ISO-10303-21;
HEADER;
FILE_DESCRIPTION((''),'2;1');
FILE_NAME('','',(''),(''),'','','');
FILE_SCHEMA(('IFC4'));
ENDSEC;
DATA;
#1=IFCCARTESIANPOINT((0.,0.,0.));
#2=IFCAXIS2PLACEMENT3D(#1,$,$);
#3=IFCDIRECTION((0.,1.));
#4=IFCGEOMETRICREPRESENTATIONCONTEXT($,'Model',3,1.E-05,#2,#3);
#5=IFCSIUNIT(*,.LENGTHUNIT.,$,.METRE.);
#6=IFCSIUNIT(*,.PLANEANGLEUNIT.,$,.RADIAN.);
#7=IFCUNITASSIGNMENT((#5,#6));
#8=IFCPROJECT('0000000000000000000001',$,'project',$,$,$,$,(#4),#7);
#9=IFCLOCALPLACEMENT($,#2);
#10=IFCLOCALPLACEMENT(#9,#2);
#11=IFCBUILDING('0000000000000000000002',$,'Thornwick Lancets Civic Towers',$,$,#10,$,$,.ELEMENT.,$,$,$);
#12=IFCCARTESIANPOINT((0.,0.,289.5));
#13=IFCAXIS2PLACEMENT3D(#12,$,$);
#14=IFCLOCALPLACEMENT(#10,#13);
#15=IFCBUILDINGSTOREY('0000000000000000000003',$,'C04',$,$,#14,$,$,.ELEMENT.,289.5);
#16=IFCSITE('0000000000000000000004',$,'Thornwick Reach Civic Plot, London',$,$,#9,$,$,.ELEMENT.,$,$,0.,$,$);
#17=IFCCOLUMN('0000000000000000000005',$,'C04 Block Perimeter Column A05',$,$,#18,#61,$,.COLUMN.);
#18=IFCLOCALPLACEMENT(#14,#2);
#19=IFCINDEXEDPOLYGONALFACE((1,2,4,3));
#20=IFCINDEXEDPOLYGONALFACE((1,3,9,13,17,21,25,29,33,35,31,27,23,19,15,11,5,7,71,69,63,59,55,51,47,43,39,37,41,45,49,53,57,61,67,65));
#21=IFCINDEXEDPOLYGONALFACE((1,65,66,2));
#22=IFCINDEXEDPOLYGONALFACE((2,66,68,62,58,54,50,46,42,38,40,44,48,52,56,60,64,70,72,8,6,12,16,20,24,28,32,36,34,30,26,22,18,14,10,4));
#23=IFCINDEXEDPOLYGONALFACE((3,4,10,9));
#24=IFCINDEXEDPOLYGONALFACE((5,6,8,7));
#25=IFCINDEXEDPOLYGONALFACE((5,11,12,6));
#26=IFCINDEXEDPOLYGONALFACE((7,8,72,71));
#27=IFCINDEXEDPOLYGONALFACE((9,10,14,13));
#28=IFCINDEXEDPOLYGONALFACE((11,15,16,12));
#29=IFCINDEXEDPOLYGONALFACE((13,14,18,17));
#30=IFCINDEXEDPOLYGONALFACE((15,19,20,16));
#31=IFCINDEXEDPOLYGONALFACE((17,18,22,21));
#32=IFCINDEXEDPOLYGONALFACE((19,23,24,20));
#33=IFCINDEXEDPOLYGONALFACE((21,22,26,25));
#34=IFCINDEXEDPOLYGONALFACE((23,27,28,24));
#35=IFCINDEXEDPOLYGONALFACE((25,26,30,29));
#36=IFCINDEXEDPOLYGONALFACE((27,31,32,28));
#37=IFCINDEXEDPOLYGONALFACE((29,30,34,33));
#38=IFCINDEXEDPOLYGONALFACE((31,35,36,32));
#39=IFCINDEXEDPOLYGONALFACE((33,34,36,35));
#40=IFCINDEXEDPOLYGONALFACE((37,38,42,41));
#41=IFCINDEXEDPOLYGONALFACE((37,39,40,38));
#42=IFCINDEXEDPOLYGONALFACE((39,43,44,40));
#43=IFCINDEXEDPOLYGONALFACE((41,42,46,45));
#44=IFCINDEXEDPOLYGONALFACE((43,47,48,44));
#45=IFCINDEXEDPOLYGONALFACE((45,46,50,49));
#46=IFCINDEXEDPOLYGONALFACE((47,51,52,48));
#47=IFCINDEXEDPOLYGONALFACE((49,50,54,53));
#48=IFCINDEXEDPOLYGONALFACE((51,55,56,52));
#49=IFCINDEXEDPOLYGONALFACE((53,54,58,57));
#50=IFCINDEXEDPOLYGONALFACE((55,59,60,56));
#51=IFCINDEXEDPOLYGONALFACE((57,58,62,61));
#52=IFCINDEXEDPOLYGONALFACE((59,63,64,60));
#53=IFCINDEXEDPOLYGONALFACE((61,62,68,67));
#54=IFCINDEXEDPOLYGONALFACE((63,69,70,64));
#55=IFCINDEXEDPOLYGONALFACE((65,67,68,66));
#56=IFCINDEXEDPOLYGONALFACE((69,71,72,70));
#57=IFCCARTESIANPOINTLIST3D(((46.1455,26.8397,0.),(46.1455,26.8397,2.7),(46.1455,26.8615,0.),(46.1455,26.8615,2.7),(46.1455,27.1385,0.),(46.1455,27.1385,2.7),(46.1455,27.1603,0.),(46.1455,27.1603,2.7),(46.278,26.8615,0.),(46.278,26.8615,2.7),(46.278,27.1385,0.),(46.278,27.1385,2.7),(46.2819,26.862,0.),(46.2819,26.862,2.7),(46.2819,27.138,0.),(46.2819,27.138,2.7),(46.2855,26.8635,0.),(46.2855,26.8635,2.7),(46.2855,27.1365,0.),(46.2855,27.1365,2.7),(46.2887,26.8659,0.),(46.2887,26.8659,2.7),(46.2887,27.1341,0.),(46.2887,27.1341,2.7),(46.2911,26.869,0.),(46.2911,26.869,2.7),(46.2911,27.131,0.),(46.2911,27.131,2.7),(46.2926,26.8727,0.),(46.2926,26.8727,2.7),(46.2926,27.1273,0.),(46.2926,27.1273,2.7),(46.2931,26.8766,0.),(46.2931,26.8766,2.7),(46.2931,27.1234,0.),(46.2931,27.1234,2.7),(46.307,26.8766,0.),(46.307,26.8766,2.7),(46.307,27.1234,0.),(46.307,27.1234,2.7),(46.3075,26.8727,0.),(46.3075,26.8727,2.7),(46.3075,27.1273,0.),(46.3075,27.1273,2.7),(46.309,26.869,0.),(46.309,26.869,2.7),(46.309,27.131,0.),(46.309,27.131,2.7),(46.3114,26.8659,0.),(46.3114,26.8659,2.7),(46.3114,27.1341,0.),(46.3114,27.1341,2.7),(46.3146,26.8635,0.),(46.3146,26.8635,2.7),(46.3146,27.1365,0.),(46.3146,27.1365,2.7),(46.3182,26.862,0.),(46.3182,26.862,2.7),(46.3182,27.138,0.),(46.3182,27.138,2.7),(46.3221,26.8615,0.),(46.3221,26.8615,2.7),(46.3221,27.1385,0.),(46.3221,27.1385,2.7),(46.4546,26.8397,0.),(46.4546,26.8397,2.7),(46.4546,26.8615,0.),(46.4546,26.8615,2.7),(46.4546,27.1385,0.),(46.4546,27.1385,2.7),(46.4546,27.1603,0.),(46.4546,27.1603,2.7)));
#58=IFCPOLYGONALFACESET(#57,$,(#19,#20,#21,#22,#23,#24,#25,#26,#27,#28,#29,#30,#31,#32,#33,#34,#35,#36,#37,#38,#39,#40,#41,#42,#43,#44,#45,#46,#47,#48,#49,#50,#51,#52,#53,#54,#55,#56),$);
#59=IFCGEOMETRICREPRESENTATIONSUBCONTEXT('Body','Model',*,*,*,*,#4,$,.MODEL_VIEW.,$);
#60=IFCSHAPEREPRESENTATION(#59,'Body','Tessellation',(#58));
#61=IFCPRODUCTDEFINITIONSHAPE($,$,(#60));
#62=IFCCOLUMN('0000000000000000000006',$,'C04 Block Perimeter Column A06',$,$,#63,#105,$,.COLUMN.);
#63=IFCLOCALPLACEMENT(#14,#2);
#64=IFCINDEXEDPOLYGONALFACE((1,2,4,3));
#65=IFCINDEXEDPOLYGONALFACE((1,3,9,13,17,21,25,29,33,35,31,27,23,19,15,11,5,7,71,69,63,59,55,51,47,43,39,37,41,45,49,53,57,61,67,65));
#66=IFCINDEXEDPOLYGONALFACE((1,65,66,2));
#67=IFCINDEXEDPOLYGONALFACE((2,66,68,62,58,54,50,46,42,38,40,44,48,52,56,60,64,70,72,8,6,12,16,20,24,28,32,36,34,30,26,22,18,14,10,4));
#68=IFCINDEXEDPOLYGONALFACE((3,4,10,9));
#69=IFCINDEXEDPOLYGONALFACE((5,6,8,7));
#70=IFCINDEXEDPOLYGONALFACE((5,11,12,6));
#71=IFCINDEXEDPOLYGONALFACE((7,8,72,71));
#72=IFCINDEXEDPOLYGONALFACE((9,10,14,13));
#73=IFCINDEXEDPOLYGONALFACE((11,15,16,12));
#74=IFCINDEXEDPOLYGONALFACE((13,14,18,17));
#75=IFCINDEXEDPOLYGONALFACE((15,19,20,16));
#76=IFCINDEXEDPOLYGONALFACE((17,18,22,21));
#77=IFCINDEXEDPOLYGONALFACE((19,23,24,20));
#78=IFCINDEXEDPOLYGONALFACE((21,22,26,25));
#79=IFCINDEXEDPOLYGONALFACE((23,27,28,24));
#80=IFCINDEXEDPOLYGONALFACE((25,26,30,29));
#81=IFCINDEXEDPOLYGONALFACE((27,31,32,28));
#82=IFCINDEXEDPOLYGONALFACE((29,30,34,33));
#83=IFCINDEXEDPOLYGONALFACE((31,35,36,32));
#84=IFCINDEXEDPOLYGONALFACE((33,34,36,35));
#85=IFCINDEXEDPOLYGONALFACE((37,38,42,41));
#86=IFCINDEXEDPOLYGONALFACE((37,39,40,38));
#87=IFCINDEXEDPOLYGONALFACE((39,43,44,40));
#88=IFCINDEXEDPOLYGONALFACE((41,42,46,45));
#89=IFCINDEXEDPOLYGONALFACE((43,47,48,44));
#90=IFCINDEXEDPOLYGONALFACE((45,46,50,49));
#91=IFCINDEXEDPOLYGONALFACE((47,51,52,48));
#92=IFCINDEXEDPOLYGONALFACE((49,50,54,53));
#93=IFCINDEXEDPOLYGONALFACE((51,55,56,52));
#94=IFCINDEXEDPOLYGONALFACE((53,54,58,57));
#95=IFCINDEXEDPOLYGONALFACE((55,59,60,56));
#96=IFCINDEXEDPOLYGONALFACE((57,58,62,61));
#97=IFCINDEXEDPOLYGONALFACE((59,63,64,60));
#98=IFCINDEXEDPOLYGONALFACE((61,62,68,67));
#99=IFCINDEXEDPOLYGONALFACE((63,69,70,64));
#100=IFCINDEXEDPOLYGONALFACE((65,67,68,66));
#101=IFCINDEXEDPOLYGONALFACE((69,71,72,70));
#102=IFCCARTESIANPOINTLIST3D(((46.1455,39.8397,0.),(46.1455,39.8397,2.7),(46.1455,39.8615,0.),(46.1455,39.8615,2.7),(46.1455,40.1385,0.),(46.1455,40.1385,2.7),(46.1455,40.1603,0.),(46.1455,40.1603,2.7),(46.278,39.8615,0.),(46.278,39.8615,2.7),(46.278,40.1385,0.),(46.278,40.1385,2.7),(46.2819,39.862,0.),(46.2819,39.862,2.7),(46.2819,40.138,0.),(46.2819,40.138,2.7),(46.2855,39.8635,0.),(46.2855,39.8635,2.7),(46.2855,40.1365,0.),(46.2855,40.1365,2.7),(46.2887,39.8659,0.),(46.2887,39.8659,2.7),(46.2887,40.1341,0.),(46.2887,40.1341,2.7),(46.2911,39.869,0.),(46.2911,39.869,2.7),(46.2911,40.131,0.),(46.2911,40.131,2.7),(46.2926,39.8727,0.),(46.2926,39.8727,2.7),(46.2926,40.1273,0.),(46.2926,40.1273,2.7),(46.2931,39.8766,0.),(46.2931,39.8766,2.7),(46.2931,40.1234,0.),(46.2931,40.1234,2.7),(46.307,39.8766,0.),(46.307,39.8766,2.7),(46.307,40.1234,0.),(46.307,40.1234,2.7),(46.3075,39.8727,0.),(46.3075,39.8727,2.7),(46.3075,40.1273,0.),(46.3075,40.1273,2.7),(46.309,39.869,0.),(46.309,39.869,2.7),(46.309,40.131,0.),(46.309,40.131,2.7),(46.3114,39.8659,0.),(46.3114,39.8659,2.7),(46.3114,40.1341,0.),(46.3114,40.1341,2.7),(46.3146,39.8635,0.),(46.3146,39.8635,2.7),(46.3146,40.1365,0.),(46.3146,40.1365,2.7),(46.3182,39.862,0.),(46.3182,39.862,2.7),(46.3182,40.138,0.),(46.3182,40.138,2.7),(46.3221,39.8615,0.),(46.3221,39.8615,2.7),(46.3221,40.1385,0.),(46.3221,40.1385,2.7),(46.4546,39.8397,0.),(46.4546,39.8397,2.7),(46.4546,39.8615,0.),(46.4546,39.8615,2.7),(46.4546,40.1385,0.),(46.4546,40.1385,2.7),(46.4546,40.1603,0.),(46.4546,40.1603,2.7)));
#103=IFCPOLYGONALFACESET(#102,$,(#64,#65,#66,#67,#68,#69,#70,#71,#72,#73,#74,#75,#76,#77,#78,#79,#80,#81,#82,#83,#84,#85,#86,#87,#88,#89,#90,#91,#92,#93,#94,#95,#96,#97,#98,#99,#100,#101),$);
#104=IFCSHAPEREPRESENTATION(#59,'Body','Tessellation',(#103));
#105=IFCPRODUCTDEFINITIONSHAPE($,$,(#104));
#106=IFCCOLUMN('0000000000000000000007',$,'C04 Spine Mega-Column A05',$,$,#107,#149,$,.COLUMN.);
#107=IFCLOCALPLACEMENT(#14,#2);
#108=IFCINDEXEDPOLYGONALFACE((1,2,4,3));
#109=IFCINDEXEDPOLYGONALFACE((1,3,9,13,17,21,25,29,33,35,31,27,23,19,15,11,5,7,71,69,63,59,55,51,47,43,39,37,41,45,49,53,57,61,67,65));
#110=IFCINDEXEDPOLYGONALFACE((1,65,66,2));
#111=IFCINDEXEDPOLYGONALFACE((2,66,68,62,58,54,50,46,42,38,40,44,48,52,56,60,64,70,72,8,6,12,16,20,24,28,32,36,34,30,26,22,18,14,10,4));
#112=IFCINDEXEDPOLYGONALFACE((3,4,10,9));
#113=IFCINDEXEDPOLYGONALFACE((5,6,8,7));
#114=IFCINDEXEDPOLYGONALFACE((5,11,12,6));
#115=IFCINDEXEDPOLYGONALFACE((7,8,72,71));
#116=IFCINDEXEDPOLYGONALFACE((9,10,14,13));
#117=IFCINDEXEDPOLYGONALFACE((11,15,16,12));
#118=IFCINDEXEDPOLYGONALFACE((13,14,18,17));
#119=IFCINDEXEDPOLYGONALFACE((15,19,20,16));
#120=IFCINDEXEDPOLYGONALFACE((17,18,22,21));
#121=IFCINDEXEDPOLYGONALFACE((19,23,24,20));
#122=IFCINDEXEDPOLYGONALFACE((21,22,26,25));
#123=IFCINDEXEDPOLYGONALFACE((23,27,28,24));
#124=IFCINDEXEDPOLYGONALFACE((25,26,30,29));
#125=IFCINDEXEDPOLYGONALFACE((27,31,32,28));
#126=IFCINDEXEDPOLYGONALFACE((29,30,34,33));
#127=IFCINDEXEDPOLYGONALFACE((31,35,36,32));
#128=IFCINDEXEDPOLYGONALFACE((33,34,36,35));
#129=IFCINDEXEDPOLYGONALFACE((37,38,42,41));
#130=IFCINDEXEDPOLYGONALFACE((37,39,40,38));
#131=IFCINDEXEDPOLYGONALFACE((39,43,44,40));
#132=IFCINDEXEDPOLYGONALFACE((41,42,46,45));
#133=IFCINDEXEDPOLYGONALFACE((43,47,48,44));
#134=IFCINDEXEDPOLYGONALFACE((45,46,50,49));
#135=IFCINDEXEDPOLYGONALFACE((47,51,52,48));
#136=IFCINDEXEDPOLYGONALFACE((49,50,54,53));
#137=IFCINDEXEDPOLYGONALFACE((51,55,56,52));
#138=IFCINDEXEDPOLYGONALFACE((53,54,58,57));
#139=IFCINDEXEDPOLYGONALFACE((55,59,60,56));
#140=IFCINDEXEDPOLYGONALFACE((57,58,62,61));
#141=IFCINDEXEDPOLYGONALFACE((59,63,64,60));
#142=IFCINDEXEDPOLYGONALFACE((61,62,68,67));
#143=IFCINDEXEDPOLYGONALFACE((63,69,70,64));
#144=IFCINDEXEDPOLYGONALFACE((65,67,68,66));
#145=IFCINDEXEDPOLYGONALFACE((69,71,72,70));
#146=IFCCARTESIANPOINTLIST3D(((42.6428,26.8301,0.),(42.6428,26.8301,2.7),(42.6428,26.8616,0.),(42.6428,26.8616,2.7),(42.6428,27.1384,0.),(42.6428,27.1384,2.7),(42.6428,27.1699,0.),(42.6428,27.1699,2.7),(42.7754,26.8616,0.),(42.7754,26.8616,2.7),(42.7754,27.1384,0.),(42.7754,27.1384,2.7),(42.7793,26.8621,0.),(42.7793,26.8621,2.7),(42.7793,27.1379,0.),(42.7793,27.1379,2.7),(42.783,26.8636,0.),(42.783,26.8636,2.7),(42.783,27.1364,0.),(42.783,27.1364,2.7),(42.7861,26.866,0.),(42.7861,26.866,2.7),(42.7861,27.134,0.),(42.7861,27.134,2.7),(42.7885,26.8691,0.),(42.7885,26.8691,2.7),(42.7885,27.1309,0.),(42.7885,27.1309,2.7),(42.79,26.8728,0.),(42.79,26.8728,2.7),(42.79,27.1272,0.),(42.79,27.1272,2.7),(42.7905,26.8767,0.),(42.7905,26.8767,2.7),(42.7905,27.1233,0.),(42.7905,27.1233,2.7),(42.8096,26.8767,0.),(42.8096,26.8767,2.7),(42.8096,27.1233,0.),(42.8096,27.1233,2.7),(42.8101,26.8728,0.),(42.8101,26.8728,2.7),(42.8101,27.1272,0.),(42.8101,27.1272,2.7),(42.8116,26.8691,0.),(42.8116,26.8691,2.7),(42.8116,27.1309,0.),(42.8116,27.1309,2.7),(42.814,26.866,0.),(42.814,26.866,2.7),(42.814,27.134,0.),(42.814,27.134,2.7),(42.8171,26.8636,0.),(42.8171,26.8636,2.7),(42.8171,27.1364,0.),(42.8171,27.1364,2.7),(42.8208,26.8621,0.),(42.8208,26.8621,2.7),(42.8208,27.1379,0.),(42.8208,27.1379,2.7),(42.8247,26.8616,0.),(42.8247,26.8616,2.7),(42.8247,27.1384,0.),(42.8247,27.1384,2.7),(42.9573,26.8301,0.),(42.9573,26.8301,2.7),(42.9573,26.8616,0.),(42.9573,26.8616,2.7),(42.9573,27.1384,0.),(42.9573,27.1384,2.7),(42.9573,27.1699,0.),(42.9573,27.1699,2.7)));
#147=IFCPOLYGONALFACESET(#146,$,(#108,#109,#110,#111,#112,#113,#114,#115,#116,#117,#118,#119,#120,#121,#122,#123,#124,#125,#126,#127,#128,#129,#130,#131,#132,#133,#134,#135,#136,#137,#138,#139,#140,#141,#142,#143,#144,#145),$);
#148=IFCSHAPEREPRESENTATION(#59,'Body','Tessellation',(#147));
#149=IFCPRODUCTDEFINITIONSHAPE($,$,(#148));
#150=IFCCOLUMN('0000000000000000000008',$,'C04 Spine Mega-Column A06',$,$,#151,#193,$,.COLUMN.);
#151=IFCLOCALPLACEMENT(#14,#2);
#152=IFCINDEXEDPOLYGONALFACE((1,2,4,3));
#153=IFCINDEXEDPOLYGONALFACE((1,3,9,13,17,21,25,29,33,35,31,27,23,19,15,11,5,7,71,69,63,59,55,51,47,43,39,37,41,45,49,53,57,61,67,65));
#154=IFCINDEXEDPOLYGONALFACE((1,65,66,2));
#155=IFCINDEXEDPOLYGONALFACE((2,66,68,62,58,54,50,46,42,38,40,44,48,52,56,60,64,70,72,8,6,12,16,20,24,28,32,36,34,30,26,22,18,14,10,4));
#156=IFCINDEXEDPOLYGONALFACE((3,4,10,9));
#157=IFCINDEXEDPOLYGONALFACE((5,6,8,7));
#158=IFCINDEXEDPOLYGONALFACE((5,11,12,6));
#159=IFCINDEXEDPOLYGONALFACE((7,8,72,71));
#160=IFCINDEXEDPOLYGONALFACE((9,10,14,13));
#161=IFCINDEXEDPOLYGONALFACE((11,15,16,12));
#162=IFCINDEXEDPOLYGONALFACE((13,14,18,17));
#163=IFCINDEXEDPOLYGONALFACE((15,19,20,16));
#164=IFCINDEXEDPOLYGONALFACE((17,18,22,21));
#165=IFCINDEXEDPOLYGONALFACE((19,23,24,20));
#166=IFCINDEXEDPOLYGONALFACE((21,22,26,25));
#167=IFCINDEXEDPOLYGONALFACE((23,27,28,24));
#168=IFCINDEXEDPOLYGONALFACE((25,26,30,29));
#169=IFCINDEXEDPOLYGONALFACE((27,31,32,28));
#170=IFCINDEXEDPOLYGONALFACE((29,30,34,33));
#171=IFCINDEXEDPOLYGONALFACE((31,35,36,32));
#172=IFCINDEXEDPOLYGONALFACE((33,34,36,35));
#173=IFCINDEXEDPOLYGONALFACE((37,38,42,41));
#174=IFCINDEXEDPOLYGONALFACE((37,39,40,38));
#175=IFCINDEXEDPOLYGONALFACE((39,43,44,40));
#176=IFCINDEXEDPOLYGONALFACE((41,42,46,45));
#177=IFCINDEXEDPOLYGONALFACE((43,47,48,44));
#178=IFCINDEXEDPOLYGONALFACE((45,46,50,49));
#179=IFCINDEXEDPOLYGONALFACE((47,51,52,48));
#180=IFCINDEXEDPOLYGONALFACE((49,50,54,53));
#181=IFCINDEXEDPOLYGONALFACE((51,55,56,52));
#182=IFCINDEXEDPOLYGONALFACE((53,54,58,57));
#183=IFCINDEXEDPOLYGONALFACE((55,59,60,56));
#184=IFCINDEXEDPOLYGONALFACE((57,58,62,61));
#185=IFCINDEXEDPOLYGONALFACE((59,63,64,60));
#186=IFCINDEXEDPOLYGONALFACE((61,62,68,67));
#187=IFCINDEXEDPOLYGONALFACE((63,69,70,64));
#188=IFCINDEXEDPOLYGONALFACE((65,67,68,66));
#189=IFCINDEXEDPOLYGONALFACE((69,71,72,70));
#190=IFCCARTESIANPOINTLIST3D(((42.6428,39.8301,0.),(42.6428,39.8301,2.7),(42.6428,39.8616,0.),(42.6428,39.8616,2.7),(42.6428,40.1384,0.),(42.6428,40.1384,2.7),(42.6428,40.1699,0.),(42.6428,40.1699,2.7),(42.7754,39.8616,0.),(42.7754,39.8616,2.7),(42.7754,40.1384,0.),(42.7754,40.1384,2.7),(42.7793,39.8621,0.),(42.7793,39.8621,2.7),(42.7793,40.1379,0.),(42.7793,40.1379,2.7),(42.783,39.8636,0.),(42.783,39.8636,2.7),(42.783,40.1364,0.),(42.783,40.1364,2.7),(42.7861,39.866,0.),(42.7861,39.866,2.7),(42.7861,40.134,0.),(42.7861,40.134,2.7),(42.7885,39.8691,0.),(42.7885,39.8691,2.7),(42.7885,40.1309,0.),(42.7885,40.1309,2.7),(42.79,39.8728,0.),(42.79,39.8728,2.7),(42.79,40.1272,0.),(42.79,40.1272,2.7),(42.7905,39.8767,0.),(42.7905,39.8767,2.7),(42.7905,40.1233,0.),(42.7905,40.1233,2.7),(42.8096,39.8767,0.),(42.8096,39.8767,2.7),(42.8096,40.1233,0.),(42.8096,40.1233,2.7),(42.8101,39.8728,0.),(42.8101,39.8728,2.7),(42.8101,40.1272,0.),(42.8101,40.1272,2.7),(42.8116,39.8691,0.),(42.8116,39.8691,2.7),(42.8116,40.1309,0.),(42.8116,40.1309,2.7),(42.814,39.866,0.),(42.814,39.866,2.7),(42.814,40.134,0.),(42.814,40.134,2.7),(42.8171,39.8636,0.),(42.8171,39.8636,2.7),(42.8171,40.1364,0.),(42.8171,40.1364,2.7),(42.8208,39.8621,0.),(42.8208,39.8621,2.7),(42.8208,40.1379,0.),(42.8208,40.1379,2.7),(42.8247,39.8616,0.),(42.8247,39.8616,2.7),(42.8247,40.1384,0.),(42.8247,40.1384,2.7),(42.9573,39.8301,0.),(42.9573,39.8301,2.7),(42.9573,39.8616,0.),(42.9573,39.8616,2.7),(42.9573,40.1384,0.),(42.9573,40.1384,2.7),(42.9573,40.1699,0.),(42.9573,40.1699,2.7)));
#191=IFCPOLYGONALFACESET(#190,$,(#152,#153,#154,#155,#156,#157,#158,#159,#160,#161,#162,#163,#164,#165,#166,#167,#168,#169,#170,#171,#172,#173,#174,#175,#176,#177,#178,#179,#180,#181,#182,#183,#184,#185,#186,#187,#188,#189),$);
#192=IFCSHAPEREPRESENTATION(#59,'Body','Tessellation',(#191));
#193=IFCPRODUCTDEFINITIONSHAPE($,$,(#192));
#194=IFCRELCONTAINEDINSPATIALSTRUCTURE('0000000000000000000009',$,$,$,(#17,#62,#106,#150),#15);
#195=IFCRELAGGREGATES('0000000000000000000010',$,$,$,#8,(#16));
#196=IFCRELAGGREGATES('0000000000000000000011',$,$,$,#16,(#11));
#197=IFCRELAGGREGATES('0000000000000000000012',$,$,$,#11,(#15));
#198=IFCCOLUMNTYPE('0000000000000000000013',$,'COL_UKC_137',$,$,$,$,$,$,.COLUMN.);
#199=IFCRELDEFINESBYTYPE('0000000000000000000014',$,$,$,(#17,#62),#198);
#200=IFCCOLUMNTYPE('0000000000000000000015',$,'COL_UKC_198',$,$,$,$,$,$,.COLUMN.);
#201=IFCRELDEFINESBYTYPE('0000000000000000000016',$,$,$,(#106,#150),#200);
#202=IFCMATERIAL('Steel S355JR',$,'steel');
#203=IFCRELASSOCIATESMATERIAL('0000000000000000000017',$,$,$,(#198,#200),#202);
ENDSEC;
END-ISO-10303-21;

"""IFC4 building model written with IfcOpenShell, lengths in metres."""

from ifc_helpers import new_model, si_unit, direction, frame, origin, origin_2d, place, context, subcontext, project, spatial, i_section, extrude, material, material_profile, profile_set, type_object, element, save


model = new_model("IFC4")

# Units and contexts
model_context = context("Model", 3, precision=1e-05, world=origin(), true_north=direction((0.0, 1.0)))
body_context = subcontext(model_context, "Body", "Model", "MODEL_VIEW")
ifc_project = project(units=[si_unit("LENGTHUNIT", "METRE"), si_unit("PLANEANGLEUNIT", "RADIAN")], contexts=[model_context])

# Site, building, storey
site_placement = place(None, origin())
site = spatial("IfcSite", under=ifc_project, at=site_placement, Name="Thornwick Reach Civic Plot, London", CompositionType="ELEMENT", RefElevation=0.0)
building_placement = place(site_placement, origin())
building = spatial("IfcBuilding", under=site, at=building_placement, Name="Thornwick Lancets Civic Towers", CompositionType="ELEMENT")
storey_placement = place(building_placement, frame((0.0, 0.0, 289.5)))
storey = spatial("IfcBuildingStorey", under=building, at=storey_placement, Name="C04", CompositionType="ELEMENT", Elevation=289.5)

# Columns
ifc_material_1 = material(Name="Steel S355JR", Category="steel")
ifc_material_profile_1 = material_profile(ifc_material_1, i_section(OverallWidth=0.3091, OverallDepth=0.3206, WebThickness=0.0139, FlangeThickness=0.0217, FilletRadius=0.0151, at=origin_2d()), Name="UKC 305x305x137")
ifc_profile_set_1 = profile_set([ifc_material_profile_1], Name="Steel S355JR")
column_type_1 = type_object("IfcColumnType", Name="COL_UKC_137", PredefinedType="COLUMN", material=ifc_profile_set_1)
for number, where, z_axis, x_axis, name in (
    (1, (46.3, 27.0, 0.0), (0.0, 0.0, 1.0), (1.0, 0.0, 0.0), "C04 Block Perimeter Column A05"),
    (2, (46.3, 40.0, 0.0), (0.0, 0.0, 1.0), (1.0, 0.0, 0.0), "C04 Block Perimeter Column A06"),
):
    element("IfcColumn", number, at=place(storey_placement, frame(where, z_axis=z_axis, x_axis=x_axis)), inside=storey, type_object=column_type_1, Name=name, PredefinedType="COLUMN", context=body_context, shape_type="SweptSolid", body=[
        extrude(i_section(OverallWidth=0.3091, OverallDepth=0.3206, WebThickness=0.0139, FlangeThickness=0.0217, FilletRadius=0.0151, at=origin_2d()), origin(), (0.0, 0.0, 1.0), 2.7),
    ])
ifc_material_profile_2 = material_profile(ifc_material_1, i_section(OverallWidth=0.3145, OverallDepth=0.3398, WebThickness=0.019, FlangeThickness=0.0315, FilletRadius=0.0151, at=origin_2d()), Name="UKC 305x305x198")
ifc_profile_set_2 = profile_set([ifc_material_profile_2], Name="Steel S355JR")
column_type_2 = type_object("IfcColumnType", Name="COL_UKC_198", PredefinedType="COLUMN", material=ifc_profile_set_2)
for number, where, z_axis, x_axis, name in (
    (3, (42.8, 27.0, 0.0), (0.0, 0.0, 1.0), (1.0, 0.0, 0.0), "C04 Spine Mega-Column A05"),
    (4, (42.8, 40.0, 0.0), (0.0, 0.0, 1.0), (1.0, 0.0, 0.0), "C04 Spine Mega-Column A06"),
):
    element("IfcColumn", number, at=place(storey_placement, frame(where, z_axis=z_axis, x_axis=x_axis)), inside=storey, type_object=column_type_2, Name=name, PredefinedType="COLUMN", context=body_context, shape_type="SweptSolid", body=[
        extrude(i_section(OverallWidth=0.3145, OverallDepth=0.3398, WebThickness=0.019, FlangeThickness=0.0315, FilletRadius=0.0151, at=origin_2d()), origin(), (0.0, 0.0, 1.0), 2.7),
    ])

save(model, "model.ifc")
